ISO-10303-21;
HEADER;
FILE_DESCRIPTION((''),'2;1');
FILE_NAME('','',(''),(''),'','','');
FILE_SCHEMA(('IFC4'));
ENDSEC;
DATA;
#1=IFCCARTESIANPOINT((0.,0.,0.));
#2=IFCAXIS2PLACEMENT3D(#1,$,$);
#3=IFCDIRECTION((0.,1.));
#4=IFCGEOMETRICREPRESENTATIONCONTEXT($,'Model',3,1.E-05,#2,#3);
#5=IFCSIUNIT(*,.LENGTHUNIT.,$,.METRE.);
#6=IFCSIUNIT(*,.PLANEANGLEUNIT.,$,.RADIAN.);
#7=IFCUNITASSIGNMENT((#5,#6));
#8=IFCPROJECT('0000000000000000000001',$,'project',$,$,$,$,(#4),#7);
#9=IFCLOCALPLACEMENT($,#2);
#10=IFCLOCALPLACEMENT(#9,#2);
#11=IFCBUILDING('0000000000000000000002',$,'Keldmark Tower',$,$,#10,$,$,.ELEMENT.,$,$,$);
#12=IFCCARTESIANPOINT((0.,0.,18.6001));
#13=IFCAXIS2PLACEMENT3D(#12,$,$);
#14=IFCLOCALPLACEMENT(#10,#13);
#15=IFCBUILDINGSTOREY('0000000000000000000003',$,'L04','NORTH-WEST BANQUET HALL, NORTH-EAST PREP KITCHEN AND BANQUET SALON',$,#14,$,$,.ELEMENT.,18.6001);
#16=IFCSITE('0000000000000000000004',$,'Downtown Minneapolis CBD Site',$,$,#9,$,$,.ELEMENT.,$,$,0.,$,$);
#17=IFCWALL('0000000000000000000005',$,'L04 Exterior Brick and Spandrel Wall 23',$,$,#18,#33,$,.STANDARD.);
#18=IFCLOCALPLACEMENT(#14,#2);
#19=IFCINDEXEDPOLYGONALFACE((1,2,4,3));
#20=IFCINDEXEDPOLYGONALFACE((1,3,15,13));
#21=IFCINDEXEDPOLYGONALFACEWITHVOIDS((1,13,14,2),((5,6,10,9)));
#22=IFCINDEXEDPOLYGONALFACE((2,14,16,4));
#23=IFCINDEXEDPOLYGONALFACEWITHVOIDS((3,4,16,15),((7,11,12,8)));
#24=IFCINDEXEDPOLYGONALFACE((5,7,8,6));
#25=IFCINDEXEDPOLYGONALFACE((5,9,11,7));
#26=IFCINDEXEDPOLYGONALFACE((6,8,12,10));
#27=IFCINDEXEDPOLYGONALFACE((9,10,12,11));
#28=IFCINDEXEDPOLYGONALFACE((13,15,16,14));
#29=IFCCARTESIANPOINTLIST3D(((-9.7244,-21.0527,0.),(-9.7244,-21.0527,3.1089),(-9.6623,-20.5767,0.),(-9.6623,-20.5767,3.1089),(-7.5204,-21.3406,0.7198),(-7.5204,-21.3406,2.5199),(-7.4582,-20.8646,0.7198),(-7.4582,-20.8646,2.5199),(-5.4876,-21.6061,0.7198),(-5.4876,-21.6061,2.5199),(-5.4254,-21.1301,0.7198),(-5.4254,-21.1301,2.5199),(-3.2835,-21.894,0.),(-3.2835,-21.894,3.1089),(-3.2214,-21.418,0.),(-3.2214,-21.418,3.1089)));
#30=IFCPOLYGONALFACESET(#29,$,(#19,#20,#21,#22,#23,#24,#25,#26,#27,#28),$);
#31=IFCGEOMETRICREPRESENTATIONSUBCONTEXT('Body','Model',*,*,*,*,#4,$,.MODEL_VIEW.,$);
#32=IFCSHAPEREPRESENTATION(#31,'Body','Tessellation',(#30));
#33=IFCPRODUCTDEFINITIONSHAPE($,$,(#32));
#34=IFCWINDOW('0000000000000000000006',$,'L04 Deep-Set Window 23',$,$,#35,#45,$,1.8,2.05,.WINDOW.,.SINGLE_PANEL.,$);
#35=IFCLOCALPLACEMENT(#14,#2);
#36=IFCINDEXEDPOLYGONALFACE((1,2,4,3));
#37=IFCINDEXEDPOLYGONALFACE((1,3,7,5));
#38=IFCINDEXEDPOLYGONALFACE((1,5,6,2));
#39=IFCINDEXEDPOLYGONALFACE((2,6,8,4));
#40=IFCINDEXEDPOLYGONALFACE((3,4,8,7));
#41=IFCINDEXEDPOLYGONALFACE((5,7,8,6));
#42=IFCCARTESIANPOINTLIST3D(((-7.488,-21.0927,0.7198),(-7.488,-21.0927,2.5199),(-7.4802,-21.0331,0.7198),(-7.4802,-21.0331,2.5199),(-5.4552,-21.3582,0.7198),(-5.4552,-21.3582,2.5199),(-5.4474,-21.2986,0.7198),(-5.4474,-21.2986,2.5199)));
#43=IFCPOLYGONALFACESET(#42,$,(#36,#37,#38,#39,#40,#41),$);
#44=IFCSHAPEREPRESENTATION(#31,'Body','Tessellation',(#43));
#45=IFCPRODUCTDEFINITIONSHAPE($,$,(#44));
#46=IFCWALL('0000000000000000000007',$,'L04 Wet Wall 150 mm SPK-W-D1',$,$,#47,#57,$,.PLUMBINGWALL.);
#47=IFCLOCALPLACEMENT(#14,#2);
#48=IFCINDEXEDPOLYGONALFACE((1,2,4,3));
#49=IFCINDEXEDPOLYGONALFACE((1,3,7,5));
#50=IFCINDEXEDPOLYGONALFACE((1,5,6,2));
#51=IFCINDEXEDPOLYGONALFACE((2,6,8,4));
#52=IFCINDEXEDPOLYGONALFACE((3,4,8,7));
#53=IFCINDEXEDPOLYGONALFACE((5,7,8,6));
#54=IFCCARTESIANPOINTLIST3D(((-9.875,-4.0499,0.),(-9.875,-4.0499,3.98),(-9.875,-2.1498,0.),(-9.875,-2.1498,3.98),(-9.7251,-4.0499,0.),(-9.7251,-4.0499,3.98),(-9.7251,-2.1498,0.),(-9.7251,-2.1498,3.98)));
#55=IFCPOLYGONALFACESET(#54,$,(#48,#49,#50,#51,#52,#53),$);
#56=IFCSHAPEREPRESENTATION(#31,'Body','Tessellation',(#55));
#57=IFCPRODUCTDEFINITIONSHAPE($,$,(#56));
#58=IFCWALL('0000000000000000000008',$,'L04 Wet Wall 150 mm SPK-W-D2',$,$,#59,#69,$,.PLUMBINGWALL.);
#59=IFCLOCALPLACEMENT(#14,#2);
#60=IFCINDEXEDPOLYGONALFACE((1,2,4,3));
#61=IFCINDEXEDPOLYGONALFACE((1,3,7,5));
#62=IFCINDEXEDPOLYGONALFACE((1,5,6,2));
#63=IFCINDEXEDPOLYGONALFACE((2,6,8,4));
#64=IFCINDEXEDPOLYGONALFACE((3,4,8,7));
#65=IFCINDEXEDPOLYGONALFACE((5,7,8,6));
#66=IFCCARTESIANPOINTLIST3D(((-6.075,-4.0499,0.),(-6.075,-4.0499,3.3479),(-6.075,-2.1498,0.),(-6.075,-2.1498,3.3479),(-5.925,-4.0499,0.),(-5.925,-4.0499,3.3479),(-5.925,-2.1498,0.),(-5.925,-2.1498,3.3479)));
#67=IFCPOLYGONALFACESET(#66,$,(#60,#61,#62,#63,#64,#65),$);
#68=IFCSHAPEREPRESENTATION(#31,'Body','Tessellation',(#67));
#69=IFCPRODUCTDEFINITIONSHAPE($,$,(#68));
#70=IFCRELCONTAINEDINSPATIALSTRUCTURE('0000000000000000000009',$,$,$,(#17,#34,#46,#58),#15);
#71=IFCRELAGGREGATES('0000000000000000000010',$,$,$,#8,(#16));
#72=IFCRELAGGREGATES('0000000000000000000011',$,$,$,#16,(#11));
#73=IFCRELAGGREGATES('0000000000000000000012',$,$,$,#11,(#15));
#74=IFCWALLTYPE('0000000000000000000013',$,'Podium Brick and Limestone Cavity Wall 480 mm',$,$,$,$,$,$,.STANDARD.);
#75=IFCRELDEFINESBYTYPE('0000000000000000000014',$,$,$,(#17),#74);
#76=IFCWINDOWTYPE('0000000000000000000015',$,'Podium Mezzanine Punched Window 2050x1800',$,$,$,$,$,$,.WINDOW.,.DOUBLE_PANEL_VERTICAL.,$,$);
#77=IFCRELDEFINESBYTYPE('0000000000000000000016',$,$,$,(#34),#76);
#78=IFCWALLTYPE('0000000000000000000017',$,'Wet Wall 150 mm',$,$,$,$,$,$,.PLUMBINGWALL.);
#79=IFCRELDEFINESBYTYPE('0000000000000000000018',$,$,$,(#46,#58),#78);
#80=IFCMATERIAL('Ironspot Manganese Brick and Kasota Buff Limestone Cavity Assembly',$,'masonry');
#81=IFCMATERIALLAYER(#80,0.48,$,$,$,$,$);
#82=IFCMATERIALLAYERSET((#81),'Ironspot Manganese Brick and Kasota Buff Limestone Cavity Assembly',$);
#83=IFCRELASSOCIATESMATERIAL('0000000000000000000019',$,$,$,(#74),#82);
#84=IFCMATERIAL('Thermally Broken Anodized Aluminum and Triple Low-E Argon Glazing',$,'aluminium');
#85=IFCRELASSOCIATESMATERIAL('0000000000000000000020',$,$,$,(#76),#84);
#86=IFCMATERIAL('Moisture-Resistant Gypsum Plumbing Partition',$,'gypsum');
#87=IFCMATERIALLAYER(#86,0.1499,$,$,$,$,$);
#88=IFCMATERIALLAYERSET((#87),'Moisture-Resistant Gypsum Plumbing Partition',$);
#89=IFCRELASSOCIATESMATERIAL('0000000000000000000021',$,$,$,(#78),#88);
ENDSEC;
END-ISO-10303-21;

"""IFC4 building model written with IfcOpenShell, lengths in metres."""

from ifc_helpers import new_model, si_unit, direction, frame, frame_2d, origin, place, context, subcontext, project, spatial, rectangle, extrude, material, layer, layer_set, type_object, element, fill, save


model = new_model("IFC4")

# Units and contexts
model_context = context("Model", 3, precision=1e-05, world=origin(), true_north=direction((0.0, 1.0)))
body_context = subcontext(model_context, "Body", "Model", "MODEL_VIEW")
ifc_project = project(units=[si_unit("LENGTHUNIT", "METRE"), si_unit("PLANEANGLEUNIT", "RADIAN")], contexts=[model_context])

# Site, building, storey
site_placement = place(None, origin())
site = spatial("IfcSite", under=ifc_project, at=site_placement, Name="Downtown Minneapolis CBD Site", CompositionType="ELEMENT", RefElevation=0.0)
building_placement = place(site_placement, origin())
building = spatial("IfcBuilding", under=site, at=building_placement, Name="Keldmark Tower", CompositionType="ELEMENT")
storey_placement = place(building_placement, frame((0.0, 0.0, 18.6001)))
storey = spatial("IfcBuildingStorey", under=building, at=storey_placement, Name="L04", Description="NORTH-WEST BANQUET HALL, NORTH-EAST PREP KITCHEN AND BANQUET SALON", CompositionType="ELEMENT", Elevation=18.6001)

# Wall, opening, window
ifc_material_1 = material(Name="Ironspot Manganese Brick and Kasota Buff Limestone Cavity Assembly", Category="masonry")
ifc_layer_1 = layer(ifc_material_1, 0.48)
ifc_layer_set_1 = layer_set([ifc_layer_1], Name="Ironspot Manganese Brick and Kasota Buff Limestone Cavity Assembly")
wall_type_1 = type_object("IfcWallType", Name="Podium Brick and Limestone Cavity Wall 480 mm", PredefinedType="STANDARD", material=ifc_layer_set_1)
ifc_material_2 = material(Name="Thermally Broken Anodized Aluminum and Triple Low-E Argon Glazing", Category="aluminium")
window_type = type_object("IfcWindowType", Name="Podium Mezzanine Punched Window 2050x1800", PartitioningType="DOUBLE_PANEL_VERTICAL", PredefinedType="WINDOW", material=ifc_material_2)
wall_1_placement = place(storey_placement, frame((-3.2524, -21.656, 0.0), z_axis=(0.0, 0.0, 1.0), x_axis=(-0.991577, 0.129519, 0.0)))
wall_1 = element("IfcWall", 1, at=wall_1_placement, inside=storey, type_object=wall_type_1, Name="L04 Exterior Brick and Spandrel Wall 23", PredefinedType="STANDARD", context=body_context, shape_type="SweptSolid", body=[
    extrude(rectangle(XDim=6.4956, YDim=0.48, at=frame_2d((3.2478, 0.0))), origin(), (0.0, 0.0, 1.0), 3.1089),
])
opening_1_placement = place(wall_1_placement, frame((2.2229, 0.0, 0.72)))
opening_1 = element("IfcOpeningElement", 2, at=opening_1_placement, cuts=wall_1, PredefinedType="OPENING", context=body_context, shape_type="SweptSolid", body=[
    extrude(rectangle(XDim=2.05, YDim=1.8, at=frame_2d((1.0249, 0.8999))), frame((0.0, 0.25, 0.0), z_axis=(0.0, -1.0, 0.0), x_axis=(1.0, 0.0, 0.0)), (0.0, 0.0, 1.0), 0.5),
])
window_1_placement = place(opening_1_placement, origin())
window_1 = element("IfcWindow", 3, at=window_1_placement, inside=storey, type_object=window_type, Name="L04 Deep-Set Window 23", OverallHeight=1.8, OverallWidth=2.05, PartitioningType="SINGLE_PANEL", PredefinedType="WINDOW", context=body_context, shape_type="SweptSolid", body=[
    extrude(rectangle(XDim=2.05, YDim=1.8, at=frame_2d((1.0249, 0.8999))), frame((0.0, -0.01, 0.0), z_axis=(0.0, -1.0, 0.0), x_axis=(1.0, 0.0, 0.0)), (0.0, 0.0, 1.0), 0.0601),
])
fill(opening_1, window_1)

# Walls
ifc_material_3 = material(Name="Moisture-Resistant Gypsum Plumbing Partition", Category="gypsum")
ifc_layer_2 = layer(ifc_material_3, 0.1499)
ifc_layer_set_2 = layer_set([ifc_layer_2], Name="Moisture-Resistant Gypsum Plumbing Partition")
wall_type_2 = type_object("IfcWallType", Name="Wet Wall 150 mm", PredefinedType="PLUMBINGWALL", material=ifc_layer_set_2)
wall_2_placement = place(storey_placement, frame((-9.8, -4.05, 0.0), z_axis=(0.0, 0.0, 1.0), x_axis=(0.0, 1.0, 0.0)))
element("IfcWall", 4, at=wall_2_placement, inside=storey, type_object=wall_type_2, Name="L04 Wet Wall 150 mm SPK-W-D1", PredefinedType="PLUMBINGWALL", context=body_context, shape_type="SweptSolid", body=[
    extrude(rectangle(XDim=1.9001, YDim=0.1499, at=frame_2d((0.9502, 0.0))), origin(), (0.0, 0.0, 1.0), 3.98),
])
wall_3_placement = place(storey_placement, frame((-6.0, -4.05, 0.0), z_axis=(0.0, 0.0, 1.0), x_axis=(0.0, 1.0, 0.0)))
element("IfcWall", 5, at=wall_3_placement, inside=storey, type_object=wall_type_2, Name="L04 Wet Wall 150 mm SPK-W-D2", PredefinedType="PLUMBINGWALL", context=body_context, shape_type="SweptSolid", body=[
    extrude(rectangle(XDim=1.9001, YDim=0.1499, at=frame_2d((0.9502, 0.0))), origin(), (0.0, 0.0, 1.0), 3.3479),
])

save(model, "model.ifc")
